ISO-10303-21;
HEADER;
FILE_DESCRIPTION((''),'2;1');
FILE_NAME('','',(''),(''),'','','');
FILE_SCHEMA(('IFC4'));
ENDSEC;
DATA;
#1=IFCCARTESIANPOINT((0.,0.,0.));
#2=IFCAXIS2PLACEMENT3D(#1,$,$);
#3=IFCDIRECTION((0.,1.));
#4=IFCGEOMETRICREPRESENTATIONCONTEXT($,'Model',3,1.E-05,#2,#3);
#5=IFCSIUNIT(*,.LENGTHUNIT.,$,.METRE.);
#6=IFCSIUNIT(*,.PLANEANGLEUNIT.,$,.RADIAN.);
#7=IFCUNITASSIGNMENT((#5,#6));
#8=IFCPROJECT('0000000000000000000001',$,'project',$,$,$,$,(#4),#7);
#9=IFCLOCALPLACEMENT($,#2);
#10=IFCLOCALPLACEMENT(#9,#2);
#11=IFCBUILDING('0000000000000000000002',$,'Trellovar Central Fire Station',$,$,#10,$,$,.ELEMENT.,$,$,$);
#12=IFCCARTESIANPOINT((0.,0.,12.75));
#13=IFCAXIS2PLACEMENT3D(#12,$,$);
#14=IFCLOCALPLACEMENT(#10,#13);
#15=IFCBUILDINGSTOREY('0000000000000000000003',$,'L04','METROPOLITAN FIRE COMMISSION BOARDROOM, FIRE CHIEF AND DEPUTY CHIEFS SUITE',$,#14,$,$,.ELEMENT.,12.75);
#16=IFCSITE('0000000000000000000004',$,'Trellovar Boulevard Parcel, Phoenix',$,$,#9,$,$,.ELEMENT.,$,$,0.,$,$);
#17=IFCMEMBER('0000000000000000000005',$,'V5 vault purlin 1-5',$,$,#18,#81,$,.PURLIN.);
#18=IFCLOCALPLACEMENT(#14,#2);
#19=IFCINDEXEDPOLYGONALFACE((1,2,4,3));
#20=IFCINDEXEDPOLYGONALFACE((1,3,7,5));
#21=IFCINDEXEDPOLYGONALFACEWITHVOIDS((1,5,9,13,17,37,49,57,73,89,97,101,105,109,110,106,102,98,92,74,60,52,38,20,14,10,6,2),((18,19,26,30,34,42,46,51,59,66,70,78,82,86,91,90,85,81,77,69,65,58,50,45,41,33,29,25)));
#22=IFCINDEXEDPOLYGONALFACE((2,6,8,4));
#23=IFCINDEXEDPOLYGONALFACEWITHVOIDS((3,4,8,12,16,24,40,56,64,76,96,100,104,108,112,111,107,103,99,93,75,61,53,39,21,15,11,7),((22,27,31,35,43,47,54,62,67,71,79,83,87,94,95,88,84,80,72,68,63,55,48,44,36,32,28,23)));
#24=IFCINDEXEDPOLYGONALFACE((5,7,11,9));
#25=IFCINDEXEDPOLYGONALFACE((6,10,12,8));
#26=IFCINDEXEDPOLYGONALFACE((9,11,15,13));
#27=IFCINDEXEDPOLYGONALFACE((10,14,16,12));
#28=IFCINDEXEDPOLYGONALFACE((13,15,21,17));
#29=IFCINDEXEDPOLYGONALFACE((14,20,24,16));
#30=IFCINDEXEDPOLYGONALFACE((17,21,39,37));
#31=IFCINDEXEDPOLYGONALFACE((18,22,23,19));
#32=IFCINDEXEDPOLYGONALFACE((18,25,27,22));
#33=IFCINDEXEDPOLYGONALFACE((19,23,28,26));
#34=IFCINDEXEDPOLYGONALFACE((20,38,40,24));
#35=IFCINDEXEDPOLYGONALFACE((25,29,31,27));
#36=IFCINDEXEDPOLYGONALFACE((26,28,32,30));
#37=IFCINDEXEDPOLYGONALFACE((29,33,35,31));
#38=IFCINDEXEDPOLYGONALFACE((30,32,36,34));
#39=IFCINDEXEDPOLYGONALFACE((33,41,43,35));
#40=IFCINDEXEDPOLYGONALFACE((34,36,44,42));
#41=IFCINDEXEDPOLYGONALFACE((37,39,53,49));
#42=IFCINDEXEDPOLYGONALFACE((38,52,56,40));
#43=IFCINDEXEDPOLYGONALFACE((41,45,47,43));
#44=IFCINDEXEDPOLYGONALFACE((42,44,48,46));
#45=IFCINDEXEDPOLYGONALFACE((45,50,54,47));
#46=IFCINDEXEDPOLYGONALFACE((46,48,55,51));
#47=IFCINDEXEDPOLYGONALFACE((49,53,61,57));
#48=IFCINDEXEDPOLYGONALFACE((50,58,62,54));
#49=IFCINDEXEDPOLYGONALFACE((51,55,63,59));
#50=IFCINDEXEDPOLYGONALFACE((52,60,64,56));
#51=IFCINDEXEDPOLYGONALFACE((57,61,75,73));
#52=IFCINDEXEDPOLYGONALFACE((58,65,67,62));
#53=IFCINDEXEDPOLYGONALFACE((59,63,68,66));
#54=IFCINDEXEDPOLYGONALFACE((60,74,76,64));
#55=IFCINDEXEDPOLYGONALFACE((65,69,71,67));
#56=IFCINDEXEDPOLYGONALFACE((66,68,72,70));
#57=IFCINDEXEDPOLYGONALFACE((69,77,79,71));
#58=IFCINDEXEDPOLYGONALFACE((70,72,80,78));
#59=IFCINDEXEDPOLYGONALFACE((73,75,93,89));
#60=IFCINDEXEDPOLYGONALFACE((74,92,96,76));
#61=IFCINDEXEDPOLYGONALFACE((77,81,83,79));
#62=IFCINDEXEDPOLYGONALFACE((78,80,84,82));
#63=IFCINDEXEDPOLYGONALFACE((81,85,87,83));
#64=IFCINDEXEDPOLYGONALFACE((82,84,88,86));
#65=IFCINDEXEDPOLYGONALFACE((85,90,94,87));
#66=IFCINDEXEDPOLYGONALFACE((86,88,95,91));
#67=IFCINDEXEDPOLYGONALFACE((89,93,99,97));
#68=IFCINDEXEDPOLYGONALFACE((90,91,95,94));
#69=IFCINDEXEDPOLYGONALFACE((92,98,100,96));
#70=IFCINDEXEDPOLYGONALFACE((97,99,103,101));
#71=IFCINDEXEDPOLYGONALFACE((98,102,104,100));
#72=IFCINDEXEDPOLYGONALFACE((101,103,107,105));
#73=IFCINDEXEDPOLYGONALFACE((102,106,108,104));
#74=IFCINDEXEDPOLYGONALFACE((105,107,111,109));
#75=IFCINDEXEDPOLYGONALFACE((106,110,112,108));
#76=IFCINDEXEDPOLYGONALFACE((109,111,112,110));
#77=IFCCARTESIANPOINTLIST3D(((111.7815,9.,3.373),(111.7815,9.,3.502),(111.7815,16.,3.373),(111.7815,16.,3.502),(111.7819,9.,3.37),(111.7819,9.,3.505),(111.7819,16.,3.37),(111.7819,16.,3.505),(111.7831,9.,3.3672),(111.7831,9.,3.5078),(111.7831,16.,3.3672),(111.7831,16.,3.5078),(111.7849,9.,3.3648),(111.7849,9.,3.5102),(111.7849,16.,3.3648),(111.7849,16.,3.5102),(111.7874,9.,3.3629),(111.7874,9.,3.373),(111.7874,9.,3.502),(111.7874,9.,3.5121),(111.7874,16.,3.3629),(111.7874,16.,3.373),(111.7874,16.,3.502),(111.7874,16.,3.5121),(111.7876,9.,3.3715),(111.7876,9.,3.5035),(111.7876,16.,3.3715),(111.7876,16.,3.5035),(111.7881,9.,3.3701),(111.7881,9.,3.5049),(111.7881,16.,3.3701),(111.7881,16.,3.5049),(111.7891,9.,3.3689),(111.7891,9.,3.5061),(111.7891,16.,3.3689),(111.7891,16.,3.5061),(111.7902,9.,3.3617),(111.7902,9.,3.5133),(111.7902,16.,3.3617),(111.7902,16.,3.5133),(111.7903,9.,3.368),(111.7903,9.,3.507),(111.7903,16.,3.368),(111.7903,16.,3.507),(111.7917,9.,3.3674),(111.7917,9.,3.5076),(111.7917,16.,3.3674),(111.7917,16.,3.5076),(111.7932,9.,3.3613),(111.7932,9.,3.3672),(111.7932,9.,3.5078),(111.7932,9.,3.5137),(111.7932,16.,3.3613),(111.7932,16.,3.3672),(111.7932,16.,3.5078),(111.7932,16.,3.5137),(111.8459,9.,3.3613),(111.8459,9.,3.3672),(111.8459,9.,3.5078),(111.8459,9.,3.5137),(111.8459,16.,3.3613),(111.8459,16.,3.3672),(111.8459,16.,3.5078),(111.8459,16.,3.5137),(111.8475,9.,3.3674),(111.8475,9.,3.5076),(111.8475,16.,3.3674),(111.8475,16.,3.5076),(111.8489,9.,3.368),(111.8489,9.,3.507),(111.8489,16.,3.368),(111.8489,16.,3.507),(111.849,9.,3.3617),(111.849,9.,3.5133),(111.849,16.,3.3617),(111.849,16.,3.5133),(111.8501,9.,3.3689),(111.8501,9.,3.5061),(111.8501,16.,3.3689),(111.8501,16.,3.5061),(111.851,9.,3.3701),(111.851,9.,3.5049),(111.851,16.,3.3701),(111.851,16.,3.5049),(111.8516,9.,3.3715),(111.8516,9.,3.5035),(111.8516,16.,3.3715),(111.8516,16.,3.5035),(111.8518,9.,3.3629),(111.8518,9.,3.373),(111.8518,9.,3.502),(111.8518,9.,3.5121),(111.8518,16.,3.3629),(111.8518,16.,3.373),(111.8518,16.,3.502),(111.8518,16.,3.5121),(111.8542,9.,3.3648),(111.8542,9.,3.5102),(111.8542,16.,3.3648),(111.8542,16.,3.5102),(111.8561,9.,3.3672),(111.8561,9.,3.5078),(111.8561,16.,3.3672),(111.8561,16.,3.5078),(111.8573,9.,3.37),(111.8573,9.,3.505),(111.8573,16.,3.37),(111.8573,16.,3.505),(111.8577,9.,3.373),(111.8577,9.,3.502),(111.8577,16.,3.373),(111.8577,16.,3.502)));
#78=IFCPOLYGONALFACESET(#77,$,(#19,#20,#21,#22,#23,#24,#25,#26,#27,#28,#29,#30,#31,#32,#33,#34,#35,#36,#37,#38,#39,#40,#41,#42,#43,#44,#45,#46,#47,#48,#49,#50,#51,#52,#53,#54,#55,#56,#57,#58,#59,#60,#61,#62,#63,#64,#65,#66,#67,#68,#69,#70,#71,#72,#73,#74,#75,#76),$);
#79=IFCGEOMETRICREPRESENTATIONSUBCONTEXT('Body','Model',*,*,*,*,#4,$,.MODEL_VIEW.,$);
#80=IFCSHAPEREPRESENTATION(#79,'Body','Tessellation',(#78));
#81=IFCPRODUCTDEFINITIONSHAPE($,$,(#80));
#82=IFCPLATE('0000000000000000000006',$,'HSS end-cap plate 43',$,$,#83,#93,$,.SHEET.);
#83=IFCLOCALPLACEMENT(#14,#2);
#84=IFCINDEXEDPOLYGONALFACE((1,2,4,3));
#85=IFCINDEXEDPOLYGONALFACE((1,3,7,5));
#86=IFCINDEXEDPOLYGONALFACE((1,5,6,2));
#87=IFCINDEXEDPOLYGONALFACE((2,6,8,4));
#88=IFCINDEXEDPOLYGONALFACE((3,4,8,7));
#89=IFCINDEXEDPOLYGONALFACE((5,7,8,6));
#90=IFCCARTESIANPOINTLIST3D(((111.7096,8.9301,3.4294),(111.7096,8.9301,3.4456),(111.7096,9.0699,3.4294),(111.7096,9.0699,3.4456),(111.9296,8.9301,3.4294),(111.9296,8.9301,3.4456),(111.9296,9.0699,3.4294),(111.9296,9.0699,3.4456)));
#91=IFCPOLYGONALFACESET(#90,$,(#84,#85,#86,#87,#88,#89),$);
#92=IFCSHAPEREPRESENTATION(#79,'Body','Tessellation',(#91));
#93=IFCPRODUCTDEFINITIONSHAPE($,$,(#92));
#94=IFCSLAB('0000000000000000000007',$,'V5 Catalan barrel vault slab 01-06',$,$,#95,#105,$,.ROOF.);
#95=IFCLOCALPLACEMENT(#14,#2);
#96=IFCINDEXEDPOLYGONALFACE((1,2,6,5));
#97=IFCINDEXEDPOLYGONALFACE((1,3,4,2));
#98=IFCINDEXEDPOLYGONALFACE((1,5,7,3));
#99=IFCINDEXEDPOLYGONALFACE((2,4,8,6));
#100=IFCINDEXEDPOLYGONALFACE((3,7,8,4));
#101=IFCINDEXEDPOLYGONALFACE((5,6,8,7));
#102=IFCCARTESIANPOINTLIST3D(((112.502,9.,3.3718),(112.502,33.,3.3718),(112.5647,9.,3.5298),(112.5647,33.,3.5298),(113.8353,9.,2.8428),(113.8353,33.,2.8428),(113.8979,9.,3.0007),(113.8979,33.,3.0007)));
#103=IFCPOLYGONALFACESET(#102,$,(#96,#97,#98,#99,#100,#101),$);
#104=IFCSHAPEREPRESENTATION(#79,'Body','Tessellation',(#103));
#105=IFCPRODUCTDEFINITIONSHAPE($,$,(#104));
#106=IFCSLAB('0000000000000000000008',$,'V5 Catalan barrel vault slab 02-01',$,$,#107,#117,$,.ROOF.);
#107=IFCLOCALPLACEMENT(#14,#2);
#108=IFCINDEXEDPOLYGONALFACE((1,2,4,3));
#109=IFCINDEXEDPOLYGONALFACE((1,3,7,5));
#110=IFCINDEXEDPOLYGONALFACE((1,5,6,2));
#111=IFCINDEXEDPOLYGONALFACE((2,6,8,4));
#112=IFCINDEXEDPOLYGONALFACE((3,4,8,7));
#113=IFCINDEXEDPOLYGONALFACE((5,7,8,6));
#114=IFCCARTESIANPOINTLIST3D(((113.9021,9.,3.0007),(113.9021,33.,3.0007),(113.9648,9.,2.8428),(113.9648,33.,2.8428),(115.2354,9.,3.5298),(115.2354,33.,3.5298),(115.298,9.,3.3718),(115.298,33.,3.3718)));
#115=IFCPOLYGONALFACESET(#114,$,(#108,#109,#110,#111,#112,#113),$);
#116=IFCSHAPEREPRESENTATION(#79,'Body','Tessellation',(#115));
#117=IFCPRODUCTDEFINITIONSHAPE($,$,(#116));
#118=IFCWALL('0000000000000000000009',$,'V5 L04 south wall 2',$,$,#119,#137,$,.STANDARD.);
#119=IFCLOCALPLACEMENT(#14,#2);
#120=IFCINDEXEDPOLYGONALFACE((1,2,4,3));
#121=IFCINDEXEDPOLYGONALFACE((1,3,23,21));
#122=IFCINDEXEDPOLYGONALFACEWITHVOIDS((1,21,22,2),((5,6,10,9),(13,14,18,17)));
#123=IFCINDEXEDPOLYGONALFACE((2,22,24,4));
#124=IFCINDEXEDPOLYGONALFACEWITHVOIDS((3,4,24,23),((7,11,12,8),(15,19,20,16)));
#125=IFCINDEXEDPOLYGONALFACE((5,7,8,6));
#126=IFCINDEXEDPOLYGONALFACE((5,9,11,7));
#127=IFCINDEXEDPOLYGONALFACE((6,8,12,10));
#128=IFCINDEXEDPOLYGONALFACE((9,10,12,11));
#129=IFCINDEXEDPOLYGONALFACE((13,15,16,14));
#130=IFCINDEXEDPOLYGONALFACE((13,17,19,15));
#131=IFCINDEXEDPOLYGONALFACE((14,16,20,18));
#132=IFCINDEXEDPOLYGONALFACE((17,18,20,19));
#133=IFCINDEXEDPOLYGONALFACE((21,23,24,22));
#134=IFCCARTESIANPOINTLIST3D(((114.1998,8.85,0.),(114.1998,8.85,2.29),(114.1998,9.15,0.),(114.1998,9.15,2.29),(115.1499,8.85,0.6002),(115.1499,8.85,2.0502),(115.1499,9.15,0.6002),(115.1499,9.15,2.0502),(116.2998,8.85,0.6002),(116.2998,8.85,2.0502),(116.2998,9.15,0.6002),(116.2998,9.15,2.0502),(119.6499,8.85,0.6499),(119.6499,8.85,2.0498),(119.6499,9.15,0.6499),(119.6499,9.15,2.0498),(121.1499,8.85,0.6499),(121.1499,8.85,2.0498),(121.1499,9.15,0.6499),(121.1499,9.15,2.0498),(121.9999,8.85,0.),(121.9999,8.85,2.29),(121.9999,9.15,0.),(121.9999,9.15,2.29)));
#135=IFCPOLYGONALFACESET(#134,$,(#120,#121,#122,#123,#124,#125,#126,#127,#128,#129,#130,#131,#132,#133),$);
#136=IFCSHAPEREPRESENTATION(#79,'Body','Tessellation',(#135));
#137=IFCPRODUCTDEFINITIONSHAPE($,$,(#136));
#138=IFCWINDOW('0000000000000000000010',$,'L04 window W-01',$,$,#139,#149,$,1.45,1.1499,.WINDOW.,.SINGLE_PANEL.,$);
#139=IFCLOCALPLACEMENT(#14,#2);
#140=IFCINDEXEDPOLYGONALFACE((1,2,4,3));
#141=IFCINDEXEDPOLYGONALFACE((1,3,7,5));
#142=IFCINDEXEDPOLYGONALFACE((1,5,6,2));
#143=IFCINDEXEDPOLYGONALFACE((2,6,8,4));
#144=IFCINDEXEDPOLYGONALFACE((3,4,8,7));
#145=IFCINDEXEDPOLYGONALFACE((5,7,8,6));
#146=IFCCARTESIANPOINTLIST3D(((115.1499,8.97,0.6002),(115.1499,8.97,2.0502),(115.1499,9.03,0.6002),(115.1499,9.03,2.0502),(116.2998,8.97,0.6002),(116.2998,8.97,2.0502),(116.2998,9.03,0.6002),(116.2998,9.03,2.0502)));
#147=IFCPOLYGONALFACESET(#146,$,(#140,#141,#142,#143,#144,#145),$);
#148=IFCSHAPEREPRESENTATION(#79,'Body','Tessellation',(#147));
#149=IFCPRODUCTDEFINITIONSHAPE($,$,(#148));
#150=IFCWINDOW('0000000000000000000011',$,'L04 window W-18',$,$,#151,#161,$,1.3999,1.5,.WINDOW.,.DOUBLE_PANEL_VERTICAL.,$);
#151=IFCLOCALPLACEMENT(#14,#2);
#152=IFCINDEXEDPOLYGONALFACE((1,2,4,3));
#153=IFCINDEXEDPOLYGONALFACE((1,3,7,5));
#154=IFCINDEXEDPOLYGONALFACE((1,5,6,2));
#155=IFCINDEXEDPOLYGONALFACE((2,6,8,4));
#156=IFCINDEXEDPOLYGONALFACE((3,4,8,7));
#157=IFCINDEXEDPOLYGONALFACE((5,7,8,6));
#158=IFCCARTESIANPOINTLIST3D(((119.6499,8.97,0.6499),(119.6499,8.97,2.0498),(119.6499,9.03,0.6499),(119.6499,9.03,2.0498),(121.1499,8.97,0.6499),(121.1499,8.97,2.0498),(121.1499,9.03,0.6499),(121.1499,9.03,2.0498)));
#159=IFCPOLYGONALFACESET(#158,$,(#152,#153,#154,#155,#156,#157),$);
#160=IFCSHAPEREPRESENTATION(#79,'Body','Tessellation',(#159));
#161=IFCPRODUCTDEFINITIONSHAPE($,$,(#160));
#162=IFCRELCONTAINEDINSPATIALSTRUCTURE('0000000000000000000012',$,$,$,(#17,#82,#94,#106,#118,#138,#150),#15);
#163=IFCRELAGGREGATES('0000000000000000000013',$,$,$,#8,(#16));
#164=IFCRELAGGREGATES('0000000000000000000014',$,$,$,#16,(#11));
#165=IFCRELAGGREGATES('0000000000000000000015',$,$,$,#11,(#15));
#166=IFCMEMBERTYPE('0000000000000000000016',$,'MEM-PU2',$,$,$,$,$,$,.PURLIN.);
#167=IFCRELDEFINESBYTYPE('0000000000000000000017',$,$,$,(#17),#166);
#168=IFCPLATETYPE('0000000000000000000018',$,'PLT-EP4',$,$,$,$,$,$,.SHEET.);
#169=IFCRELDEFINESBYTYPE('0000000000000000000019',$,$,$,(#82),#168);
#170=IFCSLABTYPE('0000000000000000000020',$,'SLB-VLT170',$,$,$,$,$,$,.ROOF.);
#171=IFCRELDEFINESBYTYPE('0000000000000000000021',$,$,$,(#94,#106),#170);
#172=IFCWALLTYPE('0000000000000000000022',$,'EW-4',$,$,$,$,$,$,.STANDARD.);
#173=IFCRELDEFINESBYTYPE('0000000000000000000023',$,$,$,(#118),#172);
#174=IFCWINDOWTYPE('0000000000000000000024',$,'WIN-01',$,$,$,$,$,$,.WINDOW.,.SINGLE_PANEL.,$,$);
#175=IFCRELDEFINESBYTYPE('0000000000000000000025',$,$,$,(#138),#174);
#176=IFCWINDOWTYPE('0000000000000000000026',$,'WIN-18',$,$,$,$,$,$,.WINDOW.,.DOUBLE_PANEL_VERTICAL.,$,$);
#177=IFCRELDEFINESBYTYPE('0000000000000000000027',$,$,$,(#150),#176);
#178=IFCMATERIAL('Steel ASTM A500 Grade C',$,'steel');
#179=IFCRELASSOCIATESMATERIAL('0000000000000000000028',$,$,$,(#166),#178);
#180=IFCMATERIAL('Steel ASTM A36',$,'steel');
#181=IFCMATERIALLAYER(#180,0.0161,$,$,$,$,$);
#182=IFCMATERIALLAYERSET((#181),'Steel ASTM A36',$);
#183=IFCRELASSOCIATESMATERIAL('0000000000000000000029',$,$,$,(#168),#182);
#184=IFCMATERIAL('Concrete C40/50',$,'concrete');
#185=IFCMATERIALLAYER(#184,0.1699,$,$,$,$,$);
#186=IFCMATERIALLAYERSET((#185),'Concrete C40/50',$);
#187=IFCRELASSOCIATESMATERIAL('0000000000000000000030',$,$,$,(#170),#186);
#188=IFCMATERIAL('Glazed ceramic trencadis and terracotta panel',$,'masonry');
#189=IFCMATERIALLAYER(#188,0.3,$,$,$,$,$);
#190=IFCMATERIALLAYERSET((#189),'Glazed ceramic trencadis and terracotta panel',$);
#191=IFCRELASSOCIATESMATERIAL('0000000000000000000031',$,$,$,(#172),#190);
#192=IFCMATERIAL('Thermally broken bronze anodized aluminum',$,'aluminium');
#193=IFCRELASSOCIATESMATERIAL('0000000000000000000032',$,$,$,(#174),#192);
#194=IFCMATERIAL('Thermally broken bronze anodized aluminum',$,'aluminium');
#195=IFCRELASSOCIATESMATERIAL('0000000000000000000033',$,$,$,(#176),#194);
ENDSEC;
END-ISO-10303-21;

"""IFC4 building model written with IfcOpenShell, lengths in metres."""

from ifc_helpers import new_model, si_unit, direction, frame, frame_2d, origin, origin_2d, place, context, subcontext, project, spatial, polyline, rectangle, hollow_rectangle, outline, extrude, material, layer, layer_set, material_profile, profile_set, type_object, element, fill, save


model = new_model("IFC4")

# Units and contexts
model_context = context("Model", 3, precision=1e-05, world=origin(), true_north=direction((0.0, 1.0)))
body_context = subcontext(model_context, "Body", "Model", "MODEL_VIEW")
ifc_project = project(units=[si_unit("LENGTHUNIT", "METRE"), si_unit("PLANEANGLEUNIT", "RADIAN")], contexts=[model_context])

# Site, building, storey
site_placement = place(None, origin())
site = spatial("IfcSite", under=ifc_project, at=site_placement, Name="Trellovar Boulevard Parcel, Phoenix", CompositionType="ELEMENT", RefElevation=0.0)
building_placement = place(site_placement, origin())
building = spatial("IfcBuilding", under=site, at=building_placement, Name="Trellovar Central Fire Station", CompositionType="ELEMENT")
storey_placement = place(building_placement, frame((0.0, 0.0, 12.75)))
storey = spatial("IfcBuildingStorey", under=building, at=storey_placement, Name="L04", Description="METROPOLITAN FIRE COMMISSION BOARDROOM, FIRE CHIEF AND DEPUTY CHIEFS SUITE", CompositionType="ELEMENT", Elevation=12.75)

# Member
ifc_material_1 = material(Name="Steel ASTM A500 Grade C", Category="steel")
ifc_material_profile_1 = material_profile(ifc_material_1, hollow_rectangle(XDim=0.0762, YDim=0.1523, WallThickness=0.0059, InnerFilletRadius=0.0059, OuterFilletRadius=0.0117, at=origin_2d()), Name="HSS6X3X1/4")
ifc_profile_set_1 = profile_set([ifc_material_profile_1], Name="Steel ASTM A500 Grade C")
member_type_1 = type_object("IfcMemberType", Name="MEM-PU2", PredefinedType="PURLIN", material=ifc_profile_set_1)
member_1_placement = place(storey_placement, frame((111.8196, 9.0, 3.4375), z_axis=(0.0, 1.0, 0.0), x_axis=(-1.0, 0.0, 0.0)))
element("IfcMember", 1, at=member_1_placement, inside=storey, type_object=member_type_1, Name="V5 vault purlin 1-5", PredefinedType="PURLIN", context=body_context, shape_type="SweptSolid", body=[
    extrude(hollow_rectangle(XDim=0.0762, YDim=0.1523, WallThickness=0.0059, InnerFilletRadius=0.0059, OuterFilletRadius=0.0117, at=origin_2d()), origin(), (0.0, 0.0, 1.0), 7.0),
])

# Plate
ifc_material_2 = material(Name="Steel ASTM A36", Category="steel")
ifc_layer_1 = layer(ifc_material_2, 0.0161)
ifc_layer_set_1 = layer_set([ifc_layer_1], Name="Steel ASTM A36")
plate_type = type_object("IfcPlateType", Name="PLT-EP4", PredefinedType="SHEET", material=ifc_layer_set_1)
plate_placement = place(storey_placement, frame((111.8196, 9.0, 3.4294), z_axis=(0.0, 0.0, 1.0), x_axis=(1.0, 0.0, 0.0)))
element("IfcPlate", 2, at=plate_placement, inside=storey, type_object=plate_type, Name="HSS end-cap plate 43", PredefinedType="SHEET", context=body_context, shape_type="SweptSolid", body=[
    extrude(rectangle(XDim=0.22, YDim=0.1399, at=origin_2d()), origin(), (0.0, 0.0, 1.0), 0.0161),
])

# Slabs
ifc_material_3 = material(Name="Concrete C40/50", Category="concrete")
ifc_layer_2 = layer(ifc_material_3, 0.1699)
ifc_layer_set_2 = layer_set([ifc_layer_2], Name="Concrete C40/50")
slab_type = type_object("IfcSlabType", Name="SLB-VLT170", PredefinedType="ROOF", material=ifc_layer_set_2)
for number, where, z_axis, x_axis, name in (
    (3, (112.5647, 9.0, 3.5298), (0.368836, 0.0, 0.929494), (0.929494, 0.0, -0.368836), "V5 Catalan barrel vault slab 01-06"),
    (4, (113.9021, 9.0, 3.0007), (-0.368836, 0.0, 0.929494), (0.929494, 0.0, 0.368836), "V5 Catalan barrel vault slab 02-01"),
):
    element("IfcSlab", number, at=place(storey_placement, frame(where, z_axis=z_axis, x_axis=x_axis)), inside=storey, type_object=slab_type, Name=name, PredefinedType="ROOF", context=body_context, shape_type="SweptSolid", body=[
        extrude(outline(polyline([(0.0, 0.0), (1.4344, 0.0), (1.4344, 24.0), (0.0, 24.0), (0.0, 0.0)])), origin(), (0.0, 0.0, -1.0), 0.1699),
    ])

# Wall, openings, windows
ifc_material_4 = material(Name="Glazed ceramic trencadis and terracotta panel", Category="masonry")
ifc_layer_3 = layer(ifc_material_4, 0.3)
ifc_layer_set_3 = layer_set([ifc_layer_3], Name="Glazed ceramic trencadis and terracotta panel")
wall_type_1 = type_object("IfcWallType", Name="EW-4", PredefinedType="STANDARD", material=ifc_layer_set_3)
wall_1_placement = place(storey_placement, frame((114.2, 9.0, 0.0), z_axis=(0.0, 0.0, 1.0), x_axis=(1.0, 0.0, 0.0)))
wall_1 = element("IfcWall", 5, at=wall_1_placement, inside=storey, type_object=wall_type_1, Name="V5 L04 south wall 2", PredefinedType="STANDARD", context=body_context, shape_type="SweptSolid", body=[
    extrude(rectangle(XDim=7.8, YDim=0.3, at=frame_2d((3.8999, 0.0))), origin(), (0.0, 0.0, 1.0), 2.29),
])
opening_1_placement = place(wall_1_placement, frame((0.95, 0.0, 0.6001)))
opening_1 = element("IfcOpeningElement", 6, at=opening_1_placement, cuts=wall_1, PredefinedType="OPENING", context=body_context, shape_type="SweptSolid", body=[
    extrude(rectangle(XDim=1.1499, YDim=1.45, at=frame_2d((0.575, 0.7251))), frame((0.0, 0.1599, 0.0), z_axis=(0.0, -1.0, 0.0), x_axis=(1.0, 0.0, 0.0)), (0.0, 0.0, 1.0), 0.3201),
])
opening_2_placement = place(wall_1_placement, frame((5.45, 0.0, 0.6499)))
opening_2 = element("IfcOpeningElement", 7, at=opening_2_placement, cuts=wall_1, PredefinedType="OPENING", context=body_context, shape_type="SweptSolid", body=[
    extrude(rectangle(XDim=1.5, YDim=1.3999, at=frame_2d((0.75, 0.7))), frame((0.0, 0.1599, 0.0), z_axis=(0.0, -1.0, 0.0), x_axis=(1.0, 0.0, 0.0)), (0.0, 0.0, 1.0), 0.3201),
])
ifc_material_5 = material(Name="Thermally broken bronze anodized aluminum", Category="aluminium")
window_type_1 = type_object("IfcWindowType", Name="WIN-01", PartitioningType="SINGLE_PANEL", PredefinedType="WINDOW", material=ifc_material_5)
window_1_placement = place(opening_1_placement, origin())
window_1 = element("IfcWindow", 8, at=window_1_placement, inside=storey, type_object=window_type_1, Name="L04 window W-01", OverallHeight=1.45, OverallWidth=1.1499, PartitioningType="SINGLE_PANEL", PredefinedType="WINDOW", context=body_context, shape_type="SweptSolid", body=[
    extrude(rectangle(XDim=1.1499, YDim=1.45, at=frame_2d((0.575, 0.7251))), frame((0.0, 0.03, 0.0), z_axis=(0.0, -1.0, 0.0), x_axis=(1.0, 0.0, 0.0)), (0.0, 0.0, 1.0), 0.0601),
])
fill(opening_1, window_1)
ifc_material_6 = material(Name="Thermally broken bronze anodized aluminum", Category="aluminium")
window_type_2 = type_object("IfcWindowType", Name="WIN-18", PartitioningType="DOUBLE_PANEL_VERTICAL", PredefinedType="WINDOW", material=ifc_material_6)
window_2_placement = place(opening_2_placement, origin())
window_2 = element("IfcWindow", 9, at=window_2_placement, inside=storey, type_object=window_type_2, Name="L04 window W-18", OverallHeight=1.3999, OverallWidth=1.5, PartitioningType="DOUBLE_PANEL_VERTICAL", PredefinedType="WINDOW", context=body_context, shape_type="SweptSolid", body=[
    extrude(rectangle(XDim=1.5, YDim=1.3999, at=frame_2d((0.75, 0.7))), frame((0.0, 0.03, 0.0), z_axis=(0.0, -1.0, 0.0), x_axis=(1.0, 0.0, 0.0)), (0.0, 0.0, 1.0), 0.0601),
])
fill(opening_2, window_2)

save(model, "model.ifc")
